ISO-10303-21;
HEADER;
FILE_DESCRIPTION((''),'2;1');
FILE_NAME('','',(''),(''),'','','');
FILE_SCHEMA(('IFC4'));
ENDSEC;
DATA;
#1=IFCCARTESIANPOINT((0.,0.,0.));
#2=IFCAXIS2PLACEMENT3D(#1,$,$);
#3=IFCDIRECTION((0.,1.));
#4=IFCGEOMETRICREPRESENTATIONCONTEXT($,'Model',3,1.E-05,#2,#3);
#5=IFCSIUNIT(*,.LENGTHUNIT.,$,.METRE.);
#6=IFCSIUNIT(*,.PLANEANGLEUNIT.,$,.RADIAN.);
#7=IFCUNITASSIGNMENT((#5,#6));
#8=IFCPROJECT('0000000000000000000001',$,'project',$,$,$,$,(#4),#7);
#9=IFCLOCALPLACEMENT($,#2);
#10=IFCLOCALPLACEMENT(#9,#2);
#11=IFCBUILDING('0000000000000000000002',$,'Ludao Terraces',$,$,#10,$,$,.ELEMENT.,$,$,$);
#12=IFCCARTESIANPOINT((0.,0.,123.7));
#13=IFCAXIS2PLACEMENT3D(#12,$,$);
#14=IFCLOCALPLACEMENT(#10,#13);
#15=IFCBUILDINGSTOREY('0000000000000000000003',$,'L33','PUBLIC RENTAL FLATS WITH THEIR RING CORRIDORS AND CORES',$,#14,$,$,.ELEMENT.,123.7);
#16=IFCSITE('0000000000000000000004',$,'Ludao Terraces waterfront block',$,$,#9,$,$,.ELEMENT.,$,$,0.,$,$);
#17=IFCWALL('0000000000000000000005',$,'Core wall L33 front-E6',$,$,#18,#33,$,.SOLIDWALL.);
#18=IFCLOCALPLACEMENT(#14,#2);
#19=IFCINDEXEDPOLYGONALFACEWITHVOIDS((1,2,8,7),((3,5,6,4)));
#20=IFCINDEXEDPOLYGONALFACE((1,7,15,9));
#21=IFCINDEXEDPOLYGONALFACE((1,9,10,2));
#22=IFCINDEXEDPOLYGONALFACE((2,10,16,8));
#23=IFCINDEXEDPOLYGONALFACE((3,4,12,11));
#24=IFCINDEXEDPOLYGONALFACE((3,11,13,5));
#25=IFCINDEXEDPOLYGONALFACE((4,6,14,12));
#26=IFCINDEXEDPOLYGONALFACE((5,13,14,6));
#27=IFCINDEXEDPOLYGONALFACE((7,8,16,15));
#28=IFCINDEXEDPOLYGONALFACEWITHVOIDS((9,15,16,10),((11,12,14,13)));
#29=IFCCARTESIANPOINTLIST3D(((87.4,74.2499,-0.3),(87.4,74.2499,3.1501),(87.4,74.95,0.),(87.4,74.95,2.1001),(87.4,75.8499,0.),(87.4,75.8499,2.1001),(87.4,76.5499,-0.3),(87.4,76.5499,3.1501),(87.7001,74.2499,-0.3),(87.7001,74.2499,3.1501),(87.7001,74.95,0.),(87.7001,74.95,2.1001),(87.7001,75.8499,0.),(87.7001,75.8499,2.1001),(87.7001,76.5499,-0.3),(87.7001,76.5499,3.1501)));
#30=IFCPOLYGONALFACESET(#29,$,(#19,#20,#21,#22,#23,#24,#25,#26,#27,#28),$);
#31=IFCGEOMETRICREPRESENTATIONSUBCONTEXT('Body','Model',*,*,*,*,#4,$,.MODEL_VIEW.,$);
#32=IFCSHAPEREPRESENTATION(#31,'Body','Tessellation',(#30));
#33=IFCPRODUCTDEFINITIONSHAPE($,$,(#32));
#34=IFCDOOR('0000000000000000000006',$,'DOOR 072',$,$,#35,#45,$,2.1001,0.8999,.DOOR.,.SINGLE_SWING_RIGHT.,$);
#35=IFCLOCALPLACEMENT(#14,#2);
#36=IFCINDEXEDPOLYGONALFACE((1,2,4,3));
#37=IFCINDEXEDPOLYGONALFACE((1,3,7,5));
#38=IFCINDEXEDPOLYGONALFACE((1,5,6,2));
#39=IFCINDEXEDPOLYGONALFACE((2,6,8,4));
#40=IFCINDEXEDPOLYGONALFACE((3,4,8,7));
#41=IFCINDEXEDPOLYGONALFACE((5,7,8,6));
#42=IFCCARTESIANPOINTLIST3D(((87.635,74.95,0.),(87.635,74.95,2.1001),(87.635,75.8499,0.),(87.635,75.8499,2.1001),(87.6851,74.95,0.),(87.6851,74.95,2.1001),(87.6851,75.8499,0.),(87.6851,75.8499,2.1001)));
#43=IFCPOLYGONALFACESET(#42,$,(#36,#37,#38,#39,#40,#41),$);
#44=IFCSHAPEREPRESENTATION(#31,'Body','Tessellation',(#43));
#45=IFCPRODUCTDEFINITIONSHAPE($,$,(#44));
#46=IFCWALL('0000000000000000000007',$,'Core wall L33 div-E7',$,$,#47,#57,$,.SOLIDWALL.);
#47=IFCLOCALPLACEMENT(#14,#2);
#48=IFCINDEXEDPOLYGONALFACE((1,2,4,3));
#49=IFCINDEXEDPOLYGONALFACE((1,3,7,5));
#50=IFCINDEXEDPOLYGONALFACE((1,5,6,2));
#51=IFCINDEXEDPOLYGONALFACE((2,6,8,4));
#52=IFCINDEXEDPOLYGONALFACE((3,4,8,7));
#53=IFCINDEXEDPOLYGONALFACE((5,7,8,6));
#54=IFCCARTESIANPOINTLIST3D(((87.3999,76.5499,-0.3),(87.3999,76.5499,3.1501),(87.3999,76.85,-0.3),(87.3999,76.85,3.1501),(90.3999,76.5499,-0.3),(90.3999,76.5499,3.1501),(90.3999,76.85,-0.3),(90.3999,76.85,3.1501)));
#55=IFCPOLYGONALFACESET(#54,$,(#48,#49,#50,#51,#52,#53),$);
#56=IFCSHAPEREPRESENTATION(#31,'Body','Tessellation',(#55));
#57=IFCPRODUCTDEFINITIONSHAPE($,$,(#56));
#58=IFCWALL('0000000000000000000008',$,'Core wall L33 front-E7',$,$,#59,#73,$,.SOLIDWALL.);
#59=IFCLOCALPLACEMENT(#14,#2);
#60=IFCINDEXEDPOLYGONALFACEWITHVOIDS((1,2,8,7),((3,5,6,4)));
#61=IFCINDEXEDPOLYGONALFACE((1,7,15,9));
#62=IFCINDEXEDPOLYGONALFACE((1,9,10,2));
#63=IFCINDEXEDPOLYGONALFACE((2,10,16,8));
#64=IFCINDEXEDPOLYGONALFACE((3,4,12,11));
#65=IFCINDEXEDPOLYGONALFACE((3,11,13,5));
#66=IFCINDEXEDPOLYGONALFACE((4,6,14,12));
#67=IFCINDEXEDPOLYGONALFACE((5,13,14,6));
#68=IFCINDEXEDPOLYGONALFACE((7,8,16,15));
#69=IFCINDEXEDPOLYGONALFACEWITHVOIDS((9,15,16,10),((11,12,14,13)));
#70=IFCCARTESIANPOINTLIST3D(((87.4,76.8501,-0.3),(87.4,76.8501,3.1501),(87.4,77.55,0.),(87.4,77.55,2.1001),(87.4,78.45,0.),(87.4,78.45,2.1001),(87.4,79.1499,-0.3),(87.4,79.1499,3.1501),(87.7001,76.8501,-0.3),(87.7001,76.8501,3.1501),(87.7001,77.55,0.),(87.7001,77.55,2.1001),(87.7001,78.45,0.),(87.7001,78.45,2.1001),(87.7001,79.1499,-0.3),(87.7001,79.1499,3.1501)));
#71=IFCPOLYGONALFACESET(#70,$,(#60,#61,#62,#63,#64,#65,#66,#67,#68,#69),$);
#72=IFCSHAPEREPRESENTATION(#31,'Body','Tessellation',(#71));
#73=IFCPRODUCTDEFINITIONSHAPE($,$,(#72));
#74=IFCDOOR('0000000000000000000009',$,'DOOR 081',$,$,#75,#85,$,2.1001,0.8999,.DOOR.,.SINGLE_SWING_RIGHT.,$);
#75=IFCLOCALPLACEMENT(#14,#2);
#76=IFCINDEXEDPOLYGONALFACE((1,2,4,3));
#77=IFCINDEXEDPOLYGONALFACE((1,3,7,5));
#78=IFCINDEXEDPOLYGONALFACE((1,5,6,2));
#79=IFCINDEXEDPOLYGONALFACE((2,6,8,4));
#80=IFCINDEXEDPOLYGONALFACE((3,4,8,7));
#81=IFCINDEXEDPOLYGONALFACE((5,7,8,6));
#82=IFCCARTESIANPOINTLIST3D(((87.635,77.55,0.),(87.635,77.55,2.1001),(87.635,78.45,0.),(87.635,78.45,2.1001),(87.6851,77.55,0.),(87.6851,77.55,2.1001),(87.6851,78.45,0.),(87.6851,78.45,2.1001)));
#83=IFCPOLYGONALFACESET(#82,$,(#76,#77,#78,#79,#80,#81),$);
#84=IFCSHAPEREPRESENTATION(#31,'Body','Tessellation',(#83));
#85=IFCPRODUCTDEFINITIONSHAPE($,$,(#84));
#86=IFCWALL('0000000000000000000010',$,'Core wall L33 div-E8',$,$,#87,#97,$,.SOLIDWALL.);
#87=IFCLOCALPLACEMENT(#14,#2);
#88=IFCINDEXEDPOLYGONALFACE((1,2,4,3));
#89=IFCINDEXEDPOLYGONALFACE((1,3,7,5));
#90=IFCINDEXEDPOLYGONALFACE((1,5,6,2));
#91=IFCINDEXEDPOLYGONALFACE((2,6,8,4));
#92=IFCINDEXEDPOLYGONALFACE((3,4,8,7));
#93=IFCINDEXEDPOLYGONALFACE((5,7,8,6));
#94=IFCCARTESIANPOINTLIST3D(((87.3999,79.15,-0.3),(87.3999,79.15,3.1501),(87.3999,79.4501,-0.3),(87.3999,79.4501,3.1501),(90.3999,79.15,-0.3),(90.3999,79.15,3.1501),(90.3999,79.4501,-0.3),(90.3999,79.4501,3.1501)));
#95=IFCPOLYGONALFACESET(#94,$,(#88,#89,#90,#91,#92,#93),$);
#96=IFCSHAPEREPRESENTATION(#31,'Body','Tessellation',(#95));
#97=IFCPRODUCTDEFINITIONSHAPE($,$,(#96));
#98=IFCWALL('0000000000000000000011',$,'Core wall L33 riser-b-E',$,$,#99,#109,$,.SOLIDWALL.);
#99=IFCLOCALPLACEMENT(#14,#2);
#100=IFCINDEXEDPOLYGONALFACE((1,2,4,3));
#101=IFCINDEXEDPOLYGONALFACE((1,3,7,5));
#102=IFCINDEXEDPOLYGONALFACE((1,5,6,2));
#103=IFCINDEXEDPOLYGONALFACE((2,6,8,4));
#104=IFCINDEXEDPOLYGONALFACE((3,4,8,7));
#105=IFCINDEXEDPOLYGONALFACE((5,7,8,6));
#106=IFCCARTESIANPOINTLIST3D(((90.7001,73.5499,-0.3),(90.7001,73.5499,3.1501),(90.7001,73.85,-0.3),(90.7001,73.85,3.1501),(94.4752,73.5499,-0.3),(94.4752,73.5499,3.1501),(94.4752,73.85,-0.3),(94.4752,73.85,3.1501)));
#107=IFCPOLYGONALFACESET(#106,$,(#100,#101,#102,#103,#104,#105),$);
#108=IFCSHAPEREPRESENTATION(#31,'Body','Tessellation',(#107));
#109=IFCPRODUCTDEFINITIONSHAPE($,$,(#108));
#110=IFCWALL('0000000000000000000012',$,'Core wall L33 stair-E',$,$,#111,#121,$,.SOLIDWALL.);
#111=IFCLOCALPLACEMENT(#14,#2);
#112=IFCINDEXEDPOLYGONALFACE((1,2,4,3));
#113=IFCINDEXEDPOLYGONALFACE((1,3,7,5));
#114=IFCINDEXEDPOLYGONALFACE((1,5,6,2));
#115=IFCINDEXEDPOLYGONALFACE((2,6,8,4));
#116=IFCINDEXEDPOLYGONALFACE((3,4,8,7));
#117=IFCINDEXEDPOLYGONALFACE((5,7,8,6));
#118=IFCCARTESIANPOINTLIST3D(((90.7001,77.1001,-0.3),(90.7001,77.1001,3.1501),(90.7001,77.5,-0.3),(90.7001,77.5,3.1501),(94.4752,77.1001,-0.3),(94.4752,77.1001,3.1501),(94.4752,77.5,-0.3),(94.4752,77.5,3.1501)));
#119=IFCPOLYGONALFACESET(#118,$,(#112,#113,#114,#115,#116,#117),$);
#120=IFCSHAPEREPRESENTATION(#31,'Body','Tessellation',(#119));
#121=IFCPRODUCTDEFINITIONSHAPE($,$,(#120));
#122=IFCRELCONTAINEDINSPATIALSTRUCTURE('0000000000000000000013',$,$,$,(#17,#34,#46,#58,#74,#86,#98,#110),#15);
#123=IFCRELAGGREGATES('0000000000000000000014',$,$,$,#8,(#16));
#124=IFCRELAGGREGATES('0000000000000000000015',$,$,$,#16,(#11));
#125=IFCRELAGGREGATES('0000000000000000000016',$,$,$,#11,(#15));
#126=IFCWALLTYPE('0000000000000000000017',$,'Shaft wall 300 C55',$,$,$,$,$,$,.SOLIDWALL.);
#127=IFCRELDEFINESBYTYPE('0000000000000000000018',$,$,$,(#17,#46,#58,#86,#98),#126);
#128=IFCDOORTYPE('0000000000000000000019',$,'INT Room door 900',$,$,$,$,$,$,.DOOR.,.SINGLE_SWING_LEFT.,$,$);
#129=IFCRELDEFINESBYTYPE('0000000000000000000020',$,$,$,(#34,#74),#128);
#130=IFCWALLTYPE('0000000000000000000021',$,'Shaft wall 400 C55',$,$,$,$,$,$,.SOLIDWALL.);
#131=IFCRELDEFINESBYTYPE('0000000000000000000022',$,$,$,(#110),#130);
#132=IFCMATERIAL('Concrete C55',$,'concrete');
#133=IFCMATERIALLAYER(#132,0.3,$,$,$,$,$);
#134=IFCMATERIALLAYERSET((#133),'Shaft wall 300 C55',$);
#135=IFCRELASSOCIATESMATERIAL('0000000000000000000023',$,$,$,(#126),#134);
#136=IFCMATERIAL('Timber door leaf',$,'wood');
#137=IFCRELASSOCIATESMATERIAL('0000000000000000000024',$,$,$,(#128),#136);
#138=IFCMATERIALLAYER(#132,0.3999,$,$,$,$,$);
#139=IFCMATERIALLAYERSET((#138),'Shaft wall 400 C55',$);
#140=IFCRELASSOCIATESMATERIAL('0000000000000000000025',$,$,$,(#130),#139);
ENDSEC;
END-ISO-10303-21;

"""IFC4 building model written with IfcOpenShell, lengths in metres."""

from ifc_helpers import new_model, si_unit, direction, frame, frame_2d, origin, place, context, subcontext, project, spatial, rectangle, extrude, material, layer, layer_set, type_object, element, fill, save


model = new_model("IFC4")

# Units and contexts
model_context = context("Model", 3, precision=1e-05, world=origin(), true_north=direction((0.0, 1.0)))
body_context = subcontext(model_context, "Body", "Model", "MODEL_VIEW")
ifc_project = project(units=[si_unit("LENGTHUNIT", "METRE"), si_unit("PLANEANGLEUNIT", "RADIAN")], contexts=[model_context])

# Site, building, storey
site_placement = place(None, origin())
site = spatial("IfcSite", under=ifc_project, at=site_placement, Name="Ludao Terraces waterfront block", CompositionType="ELEMENT", RefElevation=0.0)
building_placement = place(site_placement, origin())
building = spatial("IfcBuilding", under=site, at=building_placement, Name="Ludao Terraces", CompositionType="ELEMENT")
storey_placement = place(building_placement, frame((0.0, 0.0, 123.7)))
storey = spatial("IfcBuildingStorey", under=building, at=storey_placement, Name="L33", Description="PUBLIC RENTAL FLATS WITH THEIR RING CORRIDORS AND CORES", CompositionType="ELEMENT", Elevation=123.7)

# Shared definitions
ifc_material_1 = material(Name="Concrete C55", Category="concrete")
ifc_layer_1 = layer(ifc_material_1, 0.3)
ifc_layer_set_1 = layer_set([ifc_layer_1], Name="Shaft wall 300 C55")
wall_type_1 = type_object("IfcWallType", Name="Shaft wall 300 C55", PredefinedType="SOLIDWALL", material=ifc_layer_set_1)

# Shared definitions
ifc_material_2 = material(Name="Timber door leaf", Category="wood")
door_type_1 = type_object("IfcDoorType", Name="INT Room door 900", OperationType="SINGLE_SWING_LEFT", PredefinedType="DOOR", material=ifc_material_2)

# Wall, opening, door
wall_1_placement = place(storey_placement, frame((87.55, 74.25, -0.3), z_axis=(0.0, 0.0, 1.0), x_axis=(0.0, 1.0, 0.0)))
wall_1 = element("IfcWall", 1, at=wall_1_placement, inside=storey, type_object=wall_type_1, Name="Core wall L33 front-E6", PredefinedType="SOLIDWALL", context=body_context, shape_type="SweptSolid", body=[
    extrude(rectangle(XDim=2.3, YDim=0.3, at=frame_2d((1.1499, 0.0))), origin(), (0.0, 0.0, 1.0), 3.4502),
])
opening_1_placement = place(wall_1_placement, frame((0.7, 0.0, 0.3)))
opening_1 = element("IfcOpeningElement", 2, at=opening_1_placement, cuts=wall_1, PredefinedType="OPENING", context=body_context, shape_type="SweptSolid", body=[
    extrude(rectangle(XDim=0.8999, YDim=2.1001, at=frame_2d((0.45, 1.05))), frame((0.0, 0.1602, 0.0), z_axis=(0.0, -1.0, 0.0), x_axis=(1.0, 0.0, 0.0)), (0.0, 0.0, 1.0), 0.3201),
])
door_1_placement = place(opening_1_placement, origin())
door_1 = element("IfcDoor", 3, at=door_1_placement, inside=storey, type_object=door_type_1, Name="DOOR 072", OperationType="SINGLE_SWING_RIGHT", OverallHeight=2.1001, OverallWidth=0.8999, PredefinedType="DOOR", context=body_context, shape_type="SweptSolid", body=[
    extrude(rectangle(XDim=0.8999, YDim=2.1001, at=frame_2d((0.45, 1.05))), frame((0.0, -0.085, 0.0), z_axis=(0.0, -1.0, 0.0), x_axis=(1.0, 0.0, 0.0)), (0.0, 0.0, 1.0), 0.05),
])
fill(opening_1, door_1)

# Wall
wall_2_placement = place(storey_placement, frame((87.3999, 76.7, -0.3), z_axis=(0.0, 0.0, 1.0), x_axis=(1.0, 0.0, 0.0)))
element("IfcWall", 4, at=wall_2_placement, inside=storey, type_object=wall_type_1, Name="Core wall L33 div-E7", PredefinedType="SOLIDWALL", context=body_context, shape_type="SweptSolid", body=[
    extrude(rectangle(XDim=3.0, YDim=0.3, at=frame_2d((1.5, 0.0))), origin(), (0.0, 0.0, 1.0), 3.4502),
])

# Wall, opening, door
wall_3_placement = place(storey_placement, frame((87.55, 76.8501, -0.3), z_axis=(0.0, 0.0, 1.0), x_axis=(0.0, 1.0, 0.0)))
wall_3 = element("IfcWall", 5, at=wall_3_placement, inside=storey, type_object=wall_type_1, Name="Core wall L33 front-E7", PredefinedType="SOLIDWALL", context=body_context, shape_type="SweptSolid", body=[
    extrude(rectangle(XDim=2.2998, YDim=0.3, at=frame_2d((1.1499, 0.0))), origin(), (0.0, 0.0, 1.0), 3.4502),
])
opening_2_placement = place(wall_3_placement, frame((0.7, 0.0, 0.3)))
opening_2 = element("IfcOpeningElement", 6, at=opening_2_placement, cuts=wall_3, PredefinedType="OPENING", context=body_context, shape_type="SweptSolid", body=[
    extrude(rectangle(XDim=0.8999, YDim=2.1001, at=frame_2d((0.45, 1.05))), frame((0.0, 0.1602, 0.0), z_axis=(0.0, -1.0, 0.0), x_axis=(1.0, 0.0, 0.0)), (0.0, 0.0, 1.0), 0.3201),
])
door_2_placement = place(opening_2_placement, origin())
door_2 = element("IfcDoor", 7, at=door_2_placement, inside=storey, type_object=door_type_1, Name="DOOR 081", OperationType="SINGLE_SWING_RIGHT", OverallHeight=2.1001, OverallWidth=0.8999, PredefinedType="DOOR", context=body_context, shape_type="SweptSolid", body=[
    extrude(rectangle(XDim=0.8999, YDim=2.1001, at=frame_2d((0.45, 1.05))), frame((0.0, -0.085, 0.0), z_axis=(0.0, -1.0, 0.0), x_axis=(1.0, 0.0, 0.0)), (0.0, 0.0, 1.0), 0.05),
])
fill(opening_2, door_2)

# Walls
wall_4_placement = place(storey_placement, frame((87.3999, 79.3, -0.3), z_axis=(0.0, 0.0, 1.0), x_axis=(1.0, 0.0, 0.0)))
element("IfcWall", 8, at=wall_4_placement, inside=storey, type_object=wall_type_1, Name="Core wall L33 div-E8", PredefinedType="SOLIDWALL", context=body_context, shape_type="SweptSolid", body=[
    extrude(rectangle(XDim=3.0, YDim=0.3, at=frame_2d((1.5, 0.0))), origin(), (0.0, 0.0, 1.0), 3.4502),
])
wall_5_placement = place(storey_placement, frame((90.7, 73.7, -0.3), z_axis=(0.0, 0.0, 1.0), x_axis=(1.0, 0.0, 0.0)))
element("IfcWall", 9, at=wall_5_placement, inside=storey, type_object=wall_type_1, Name="Core wall L33 riser-b-E", PredefinedType="SOLIDWALL", context=body_context, shape_type="SweptSolid", body=[
    extrude(rectangle(XDim=3.7751, YDim=0.3, at=frame_2d((1.8877, 0.0))), origin(), (0.0, 0.0, 1.0), 3.4502),
])
ifc_layer_2 = layer(ifc_material_1, 0.3999)
ifc_layer_set_2 = layer_set([ifc_layer_2], Name="Shaft wall 400 C55")
wall_type_2 = type_object("IfcWallType", Name="Shaft wall 400 C55", PredefinedType="SOLIDWALL", material=ifc_layer_set_2)
wall_6_placement = place(storey_placement, frame((90.7, 77.3, -0.3), z_axis=(0.0, 0.0, 1.0), x_axis=(1.0, 0.0, 0.0)))
element("IfcWall", 10, at=wall_6_placement, inside=storey, type_object=wall_type_2, Name="Core wall L33 stair-E", PredefinedType="SOLIDWALL", context=body_context, shape_type="SweptSolid", body=[
    extrude(rectangle(XDim=3.7751, YDim=0.3999, at=frame_2d((1.8877, 0.0))), origin(), (0.0, 0.0, 1.0), 3.4502),
])

save(model, "model.ifc")
